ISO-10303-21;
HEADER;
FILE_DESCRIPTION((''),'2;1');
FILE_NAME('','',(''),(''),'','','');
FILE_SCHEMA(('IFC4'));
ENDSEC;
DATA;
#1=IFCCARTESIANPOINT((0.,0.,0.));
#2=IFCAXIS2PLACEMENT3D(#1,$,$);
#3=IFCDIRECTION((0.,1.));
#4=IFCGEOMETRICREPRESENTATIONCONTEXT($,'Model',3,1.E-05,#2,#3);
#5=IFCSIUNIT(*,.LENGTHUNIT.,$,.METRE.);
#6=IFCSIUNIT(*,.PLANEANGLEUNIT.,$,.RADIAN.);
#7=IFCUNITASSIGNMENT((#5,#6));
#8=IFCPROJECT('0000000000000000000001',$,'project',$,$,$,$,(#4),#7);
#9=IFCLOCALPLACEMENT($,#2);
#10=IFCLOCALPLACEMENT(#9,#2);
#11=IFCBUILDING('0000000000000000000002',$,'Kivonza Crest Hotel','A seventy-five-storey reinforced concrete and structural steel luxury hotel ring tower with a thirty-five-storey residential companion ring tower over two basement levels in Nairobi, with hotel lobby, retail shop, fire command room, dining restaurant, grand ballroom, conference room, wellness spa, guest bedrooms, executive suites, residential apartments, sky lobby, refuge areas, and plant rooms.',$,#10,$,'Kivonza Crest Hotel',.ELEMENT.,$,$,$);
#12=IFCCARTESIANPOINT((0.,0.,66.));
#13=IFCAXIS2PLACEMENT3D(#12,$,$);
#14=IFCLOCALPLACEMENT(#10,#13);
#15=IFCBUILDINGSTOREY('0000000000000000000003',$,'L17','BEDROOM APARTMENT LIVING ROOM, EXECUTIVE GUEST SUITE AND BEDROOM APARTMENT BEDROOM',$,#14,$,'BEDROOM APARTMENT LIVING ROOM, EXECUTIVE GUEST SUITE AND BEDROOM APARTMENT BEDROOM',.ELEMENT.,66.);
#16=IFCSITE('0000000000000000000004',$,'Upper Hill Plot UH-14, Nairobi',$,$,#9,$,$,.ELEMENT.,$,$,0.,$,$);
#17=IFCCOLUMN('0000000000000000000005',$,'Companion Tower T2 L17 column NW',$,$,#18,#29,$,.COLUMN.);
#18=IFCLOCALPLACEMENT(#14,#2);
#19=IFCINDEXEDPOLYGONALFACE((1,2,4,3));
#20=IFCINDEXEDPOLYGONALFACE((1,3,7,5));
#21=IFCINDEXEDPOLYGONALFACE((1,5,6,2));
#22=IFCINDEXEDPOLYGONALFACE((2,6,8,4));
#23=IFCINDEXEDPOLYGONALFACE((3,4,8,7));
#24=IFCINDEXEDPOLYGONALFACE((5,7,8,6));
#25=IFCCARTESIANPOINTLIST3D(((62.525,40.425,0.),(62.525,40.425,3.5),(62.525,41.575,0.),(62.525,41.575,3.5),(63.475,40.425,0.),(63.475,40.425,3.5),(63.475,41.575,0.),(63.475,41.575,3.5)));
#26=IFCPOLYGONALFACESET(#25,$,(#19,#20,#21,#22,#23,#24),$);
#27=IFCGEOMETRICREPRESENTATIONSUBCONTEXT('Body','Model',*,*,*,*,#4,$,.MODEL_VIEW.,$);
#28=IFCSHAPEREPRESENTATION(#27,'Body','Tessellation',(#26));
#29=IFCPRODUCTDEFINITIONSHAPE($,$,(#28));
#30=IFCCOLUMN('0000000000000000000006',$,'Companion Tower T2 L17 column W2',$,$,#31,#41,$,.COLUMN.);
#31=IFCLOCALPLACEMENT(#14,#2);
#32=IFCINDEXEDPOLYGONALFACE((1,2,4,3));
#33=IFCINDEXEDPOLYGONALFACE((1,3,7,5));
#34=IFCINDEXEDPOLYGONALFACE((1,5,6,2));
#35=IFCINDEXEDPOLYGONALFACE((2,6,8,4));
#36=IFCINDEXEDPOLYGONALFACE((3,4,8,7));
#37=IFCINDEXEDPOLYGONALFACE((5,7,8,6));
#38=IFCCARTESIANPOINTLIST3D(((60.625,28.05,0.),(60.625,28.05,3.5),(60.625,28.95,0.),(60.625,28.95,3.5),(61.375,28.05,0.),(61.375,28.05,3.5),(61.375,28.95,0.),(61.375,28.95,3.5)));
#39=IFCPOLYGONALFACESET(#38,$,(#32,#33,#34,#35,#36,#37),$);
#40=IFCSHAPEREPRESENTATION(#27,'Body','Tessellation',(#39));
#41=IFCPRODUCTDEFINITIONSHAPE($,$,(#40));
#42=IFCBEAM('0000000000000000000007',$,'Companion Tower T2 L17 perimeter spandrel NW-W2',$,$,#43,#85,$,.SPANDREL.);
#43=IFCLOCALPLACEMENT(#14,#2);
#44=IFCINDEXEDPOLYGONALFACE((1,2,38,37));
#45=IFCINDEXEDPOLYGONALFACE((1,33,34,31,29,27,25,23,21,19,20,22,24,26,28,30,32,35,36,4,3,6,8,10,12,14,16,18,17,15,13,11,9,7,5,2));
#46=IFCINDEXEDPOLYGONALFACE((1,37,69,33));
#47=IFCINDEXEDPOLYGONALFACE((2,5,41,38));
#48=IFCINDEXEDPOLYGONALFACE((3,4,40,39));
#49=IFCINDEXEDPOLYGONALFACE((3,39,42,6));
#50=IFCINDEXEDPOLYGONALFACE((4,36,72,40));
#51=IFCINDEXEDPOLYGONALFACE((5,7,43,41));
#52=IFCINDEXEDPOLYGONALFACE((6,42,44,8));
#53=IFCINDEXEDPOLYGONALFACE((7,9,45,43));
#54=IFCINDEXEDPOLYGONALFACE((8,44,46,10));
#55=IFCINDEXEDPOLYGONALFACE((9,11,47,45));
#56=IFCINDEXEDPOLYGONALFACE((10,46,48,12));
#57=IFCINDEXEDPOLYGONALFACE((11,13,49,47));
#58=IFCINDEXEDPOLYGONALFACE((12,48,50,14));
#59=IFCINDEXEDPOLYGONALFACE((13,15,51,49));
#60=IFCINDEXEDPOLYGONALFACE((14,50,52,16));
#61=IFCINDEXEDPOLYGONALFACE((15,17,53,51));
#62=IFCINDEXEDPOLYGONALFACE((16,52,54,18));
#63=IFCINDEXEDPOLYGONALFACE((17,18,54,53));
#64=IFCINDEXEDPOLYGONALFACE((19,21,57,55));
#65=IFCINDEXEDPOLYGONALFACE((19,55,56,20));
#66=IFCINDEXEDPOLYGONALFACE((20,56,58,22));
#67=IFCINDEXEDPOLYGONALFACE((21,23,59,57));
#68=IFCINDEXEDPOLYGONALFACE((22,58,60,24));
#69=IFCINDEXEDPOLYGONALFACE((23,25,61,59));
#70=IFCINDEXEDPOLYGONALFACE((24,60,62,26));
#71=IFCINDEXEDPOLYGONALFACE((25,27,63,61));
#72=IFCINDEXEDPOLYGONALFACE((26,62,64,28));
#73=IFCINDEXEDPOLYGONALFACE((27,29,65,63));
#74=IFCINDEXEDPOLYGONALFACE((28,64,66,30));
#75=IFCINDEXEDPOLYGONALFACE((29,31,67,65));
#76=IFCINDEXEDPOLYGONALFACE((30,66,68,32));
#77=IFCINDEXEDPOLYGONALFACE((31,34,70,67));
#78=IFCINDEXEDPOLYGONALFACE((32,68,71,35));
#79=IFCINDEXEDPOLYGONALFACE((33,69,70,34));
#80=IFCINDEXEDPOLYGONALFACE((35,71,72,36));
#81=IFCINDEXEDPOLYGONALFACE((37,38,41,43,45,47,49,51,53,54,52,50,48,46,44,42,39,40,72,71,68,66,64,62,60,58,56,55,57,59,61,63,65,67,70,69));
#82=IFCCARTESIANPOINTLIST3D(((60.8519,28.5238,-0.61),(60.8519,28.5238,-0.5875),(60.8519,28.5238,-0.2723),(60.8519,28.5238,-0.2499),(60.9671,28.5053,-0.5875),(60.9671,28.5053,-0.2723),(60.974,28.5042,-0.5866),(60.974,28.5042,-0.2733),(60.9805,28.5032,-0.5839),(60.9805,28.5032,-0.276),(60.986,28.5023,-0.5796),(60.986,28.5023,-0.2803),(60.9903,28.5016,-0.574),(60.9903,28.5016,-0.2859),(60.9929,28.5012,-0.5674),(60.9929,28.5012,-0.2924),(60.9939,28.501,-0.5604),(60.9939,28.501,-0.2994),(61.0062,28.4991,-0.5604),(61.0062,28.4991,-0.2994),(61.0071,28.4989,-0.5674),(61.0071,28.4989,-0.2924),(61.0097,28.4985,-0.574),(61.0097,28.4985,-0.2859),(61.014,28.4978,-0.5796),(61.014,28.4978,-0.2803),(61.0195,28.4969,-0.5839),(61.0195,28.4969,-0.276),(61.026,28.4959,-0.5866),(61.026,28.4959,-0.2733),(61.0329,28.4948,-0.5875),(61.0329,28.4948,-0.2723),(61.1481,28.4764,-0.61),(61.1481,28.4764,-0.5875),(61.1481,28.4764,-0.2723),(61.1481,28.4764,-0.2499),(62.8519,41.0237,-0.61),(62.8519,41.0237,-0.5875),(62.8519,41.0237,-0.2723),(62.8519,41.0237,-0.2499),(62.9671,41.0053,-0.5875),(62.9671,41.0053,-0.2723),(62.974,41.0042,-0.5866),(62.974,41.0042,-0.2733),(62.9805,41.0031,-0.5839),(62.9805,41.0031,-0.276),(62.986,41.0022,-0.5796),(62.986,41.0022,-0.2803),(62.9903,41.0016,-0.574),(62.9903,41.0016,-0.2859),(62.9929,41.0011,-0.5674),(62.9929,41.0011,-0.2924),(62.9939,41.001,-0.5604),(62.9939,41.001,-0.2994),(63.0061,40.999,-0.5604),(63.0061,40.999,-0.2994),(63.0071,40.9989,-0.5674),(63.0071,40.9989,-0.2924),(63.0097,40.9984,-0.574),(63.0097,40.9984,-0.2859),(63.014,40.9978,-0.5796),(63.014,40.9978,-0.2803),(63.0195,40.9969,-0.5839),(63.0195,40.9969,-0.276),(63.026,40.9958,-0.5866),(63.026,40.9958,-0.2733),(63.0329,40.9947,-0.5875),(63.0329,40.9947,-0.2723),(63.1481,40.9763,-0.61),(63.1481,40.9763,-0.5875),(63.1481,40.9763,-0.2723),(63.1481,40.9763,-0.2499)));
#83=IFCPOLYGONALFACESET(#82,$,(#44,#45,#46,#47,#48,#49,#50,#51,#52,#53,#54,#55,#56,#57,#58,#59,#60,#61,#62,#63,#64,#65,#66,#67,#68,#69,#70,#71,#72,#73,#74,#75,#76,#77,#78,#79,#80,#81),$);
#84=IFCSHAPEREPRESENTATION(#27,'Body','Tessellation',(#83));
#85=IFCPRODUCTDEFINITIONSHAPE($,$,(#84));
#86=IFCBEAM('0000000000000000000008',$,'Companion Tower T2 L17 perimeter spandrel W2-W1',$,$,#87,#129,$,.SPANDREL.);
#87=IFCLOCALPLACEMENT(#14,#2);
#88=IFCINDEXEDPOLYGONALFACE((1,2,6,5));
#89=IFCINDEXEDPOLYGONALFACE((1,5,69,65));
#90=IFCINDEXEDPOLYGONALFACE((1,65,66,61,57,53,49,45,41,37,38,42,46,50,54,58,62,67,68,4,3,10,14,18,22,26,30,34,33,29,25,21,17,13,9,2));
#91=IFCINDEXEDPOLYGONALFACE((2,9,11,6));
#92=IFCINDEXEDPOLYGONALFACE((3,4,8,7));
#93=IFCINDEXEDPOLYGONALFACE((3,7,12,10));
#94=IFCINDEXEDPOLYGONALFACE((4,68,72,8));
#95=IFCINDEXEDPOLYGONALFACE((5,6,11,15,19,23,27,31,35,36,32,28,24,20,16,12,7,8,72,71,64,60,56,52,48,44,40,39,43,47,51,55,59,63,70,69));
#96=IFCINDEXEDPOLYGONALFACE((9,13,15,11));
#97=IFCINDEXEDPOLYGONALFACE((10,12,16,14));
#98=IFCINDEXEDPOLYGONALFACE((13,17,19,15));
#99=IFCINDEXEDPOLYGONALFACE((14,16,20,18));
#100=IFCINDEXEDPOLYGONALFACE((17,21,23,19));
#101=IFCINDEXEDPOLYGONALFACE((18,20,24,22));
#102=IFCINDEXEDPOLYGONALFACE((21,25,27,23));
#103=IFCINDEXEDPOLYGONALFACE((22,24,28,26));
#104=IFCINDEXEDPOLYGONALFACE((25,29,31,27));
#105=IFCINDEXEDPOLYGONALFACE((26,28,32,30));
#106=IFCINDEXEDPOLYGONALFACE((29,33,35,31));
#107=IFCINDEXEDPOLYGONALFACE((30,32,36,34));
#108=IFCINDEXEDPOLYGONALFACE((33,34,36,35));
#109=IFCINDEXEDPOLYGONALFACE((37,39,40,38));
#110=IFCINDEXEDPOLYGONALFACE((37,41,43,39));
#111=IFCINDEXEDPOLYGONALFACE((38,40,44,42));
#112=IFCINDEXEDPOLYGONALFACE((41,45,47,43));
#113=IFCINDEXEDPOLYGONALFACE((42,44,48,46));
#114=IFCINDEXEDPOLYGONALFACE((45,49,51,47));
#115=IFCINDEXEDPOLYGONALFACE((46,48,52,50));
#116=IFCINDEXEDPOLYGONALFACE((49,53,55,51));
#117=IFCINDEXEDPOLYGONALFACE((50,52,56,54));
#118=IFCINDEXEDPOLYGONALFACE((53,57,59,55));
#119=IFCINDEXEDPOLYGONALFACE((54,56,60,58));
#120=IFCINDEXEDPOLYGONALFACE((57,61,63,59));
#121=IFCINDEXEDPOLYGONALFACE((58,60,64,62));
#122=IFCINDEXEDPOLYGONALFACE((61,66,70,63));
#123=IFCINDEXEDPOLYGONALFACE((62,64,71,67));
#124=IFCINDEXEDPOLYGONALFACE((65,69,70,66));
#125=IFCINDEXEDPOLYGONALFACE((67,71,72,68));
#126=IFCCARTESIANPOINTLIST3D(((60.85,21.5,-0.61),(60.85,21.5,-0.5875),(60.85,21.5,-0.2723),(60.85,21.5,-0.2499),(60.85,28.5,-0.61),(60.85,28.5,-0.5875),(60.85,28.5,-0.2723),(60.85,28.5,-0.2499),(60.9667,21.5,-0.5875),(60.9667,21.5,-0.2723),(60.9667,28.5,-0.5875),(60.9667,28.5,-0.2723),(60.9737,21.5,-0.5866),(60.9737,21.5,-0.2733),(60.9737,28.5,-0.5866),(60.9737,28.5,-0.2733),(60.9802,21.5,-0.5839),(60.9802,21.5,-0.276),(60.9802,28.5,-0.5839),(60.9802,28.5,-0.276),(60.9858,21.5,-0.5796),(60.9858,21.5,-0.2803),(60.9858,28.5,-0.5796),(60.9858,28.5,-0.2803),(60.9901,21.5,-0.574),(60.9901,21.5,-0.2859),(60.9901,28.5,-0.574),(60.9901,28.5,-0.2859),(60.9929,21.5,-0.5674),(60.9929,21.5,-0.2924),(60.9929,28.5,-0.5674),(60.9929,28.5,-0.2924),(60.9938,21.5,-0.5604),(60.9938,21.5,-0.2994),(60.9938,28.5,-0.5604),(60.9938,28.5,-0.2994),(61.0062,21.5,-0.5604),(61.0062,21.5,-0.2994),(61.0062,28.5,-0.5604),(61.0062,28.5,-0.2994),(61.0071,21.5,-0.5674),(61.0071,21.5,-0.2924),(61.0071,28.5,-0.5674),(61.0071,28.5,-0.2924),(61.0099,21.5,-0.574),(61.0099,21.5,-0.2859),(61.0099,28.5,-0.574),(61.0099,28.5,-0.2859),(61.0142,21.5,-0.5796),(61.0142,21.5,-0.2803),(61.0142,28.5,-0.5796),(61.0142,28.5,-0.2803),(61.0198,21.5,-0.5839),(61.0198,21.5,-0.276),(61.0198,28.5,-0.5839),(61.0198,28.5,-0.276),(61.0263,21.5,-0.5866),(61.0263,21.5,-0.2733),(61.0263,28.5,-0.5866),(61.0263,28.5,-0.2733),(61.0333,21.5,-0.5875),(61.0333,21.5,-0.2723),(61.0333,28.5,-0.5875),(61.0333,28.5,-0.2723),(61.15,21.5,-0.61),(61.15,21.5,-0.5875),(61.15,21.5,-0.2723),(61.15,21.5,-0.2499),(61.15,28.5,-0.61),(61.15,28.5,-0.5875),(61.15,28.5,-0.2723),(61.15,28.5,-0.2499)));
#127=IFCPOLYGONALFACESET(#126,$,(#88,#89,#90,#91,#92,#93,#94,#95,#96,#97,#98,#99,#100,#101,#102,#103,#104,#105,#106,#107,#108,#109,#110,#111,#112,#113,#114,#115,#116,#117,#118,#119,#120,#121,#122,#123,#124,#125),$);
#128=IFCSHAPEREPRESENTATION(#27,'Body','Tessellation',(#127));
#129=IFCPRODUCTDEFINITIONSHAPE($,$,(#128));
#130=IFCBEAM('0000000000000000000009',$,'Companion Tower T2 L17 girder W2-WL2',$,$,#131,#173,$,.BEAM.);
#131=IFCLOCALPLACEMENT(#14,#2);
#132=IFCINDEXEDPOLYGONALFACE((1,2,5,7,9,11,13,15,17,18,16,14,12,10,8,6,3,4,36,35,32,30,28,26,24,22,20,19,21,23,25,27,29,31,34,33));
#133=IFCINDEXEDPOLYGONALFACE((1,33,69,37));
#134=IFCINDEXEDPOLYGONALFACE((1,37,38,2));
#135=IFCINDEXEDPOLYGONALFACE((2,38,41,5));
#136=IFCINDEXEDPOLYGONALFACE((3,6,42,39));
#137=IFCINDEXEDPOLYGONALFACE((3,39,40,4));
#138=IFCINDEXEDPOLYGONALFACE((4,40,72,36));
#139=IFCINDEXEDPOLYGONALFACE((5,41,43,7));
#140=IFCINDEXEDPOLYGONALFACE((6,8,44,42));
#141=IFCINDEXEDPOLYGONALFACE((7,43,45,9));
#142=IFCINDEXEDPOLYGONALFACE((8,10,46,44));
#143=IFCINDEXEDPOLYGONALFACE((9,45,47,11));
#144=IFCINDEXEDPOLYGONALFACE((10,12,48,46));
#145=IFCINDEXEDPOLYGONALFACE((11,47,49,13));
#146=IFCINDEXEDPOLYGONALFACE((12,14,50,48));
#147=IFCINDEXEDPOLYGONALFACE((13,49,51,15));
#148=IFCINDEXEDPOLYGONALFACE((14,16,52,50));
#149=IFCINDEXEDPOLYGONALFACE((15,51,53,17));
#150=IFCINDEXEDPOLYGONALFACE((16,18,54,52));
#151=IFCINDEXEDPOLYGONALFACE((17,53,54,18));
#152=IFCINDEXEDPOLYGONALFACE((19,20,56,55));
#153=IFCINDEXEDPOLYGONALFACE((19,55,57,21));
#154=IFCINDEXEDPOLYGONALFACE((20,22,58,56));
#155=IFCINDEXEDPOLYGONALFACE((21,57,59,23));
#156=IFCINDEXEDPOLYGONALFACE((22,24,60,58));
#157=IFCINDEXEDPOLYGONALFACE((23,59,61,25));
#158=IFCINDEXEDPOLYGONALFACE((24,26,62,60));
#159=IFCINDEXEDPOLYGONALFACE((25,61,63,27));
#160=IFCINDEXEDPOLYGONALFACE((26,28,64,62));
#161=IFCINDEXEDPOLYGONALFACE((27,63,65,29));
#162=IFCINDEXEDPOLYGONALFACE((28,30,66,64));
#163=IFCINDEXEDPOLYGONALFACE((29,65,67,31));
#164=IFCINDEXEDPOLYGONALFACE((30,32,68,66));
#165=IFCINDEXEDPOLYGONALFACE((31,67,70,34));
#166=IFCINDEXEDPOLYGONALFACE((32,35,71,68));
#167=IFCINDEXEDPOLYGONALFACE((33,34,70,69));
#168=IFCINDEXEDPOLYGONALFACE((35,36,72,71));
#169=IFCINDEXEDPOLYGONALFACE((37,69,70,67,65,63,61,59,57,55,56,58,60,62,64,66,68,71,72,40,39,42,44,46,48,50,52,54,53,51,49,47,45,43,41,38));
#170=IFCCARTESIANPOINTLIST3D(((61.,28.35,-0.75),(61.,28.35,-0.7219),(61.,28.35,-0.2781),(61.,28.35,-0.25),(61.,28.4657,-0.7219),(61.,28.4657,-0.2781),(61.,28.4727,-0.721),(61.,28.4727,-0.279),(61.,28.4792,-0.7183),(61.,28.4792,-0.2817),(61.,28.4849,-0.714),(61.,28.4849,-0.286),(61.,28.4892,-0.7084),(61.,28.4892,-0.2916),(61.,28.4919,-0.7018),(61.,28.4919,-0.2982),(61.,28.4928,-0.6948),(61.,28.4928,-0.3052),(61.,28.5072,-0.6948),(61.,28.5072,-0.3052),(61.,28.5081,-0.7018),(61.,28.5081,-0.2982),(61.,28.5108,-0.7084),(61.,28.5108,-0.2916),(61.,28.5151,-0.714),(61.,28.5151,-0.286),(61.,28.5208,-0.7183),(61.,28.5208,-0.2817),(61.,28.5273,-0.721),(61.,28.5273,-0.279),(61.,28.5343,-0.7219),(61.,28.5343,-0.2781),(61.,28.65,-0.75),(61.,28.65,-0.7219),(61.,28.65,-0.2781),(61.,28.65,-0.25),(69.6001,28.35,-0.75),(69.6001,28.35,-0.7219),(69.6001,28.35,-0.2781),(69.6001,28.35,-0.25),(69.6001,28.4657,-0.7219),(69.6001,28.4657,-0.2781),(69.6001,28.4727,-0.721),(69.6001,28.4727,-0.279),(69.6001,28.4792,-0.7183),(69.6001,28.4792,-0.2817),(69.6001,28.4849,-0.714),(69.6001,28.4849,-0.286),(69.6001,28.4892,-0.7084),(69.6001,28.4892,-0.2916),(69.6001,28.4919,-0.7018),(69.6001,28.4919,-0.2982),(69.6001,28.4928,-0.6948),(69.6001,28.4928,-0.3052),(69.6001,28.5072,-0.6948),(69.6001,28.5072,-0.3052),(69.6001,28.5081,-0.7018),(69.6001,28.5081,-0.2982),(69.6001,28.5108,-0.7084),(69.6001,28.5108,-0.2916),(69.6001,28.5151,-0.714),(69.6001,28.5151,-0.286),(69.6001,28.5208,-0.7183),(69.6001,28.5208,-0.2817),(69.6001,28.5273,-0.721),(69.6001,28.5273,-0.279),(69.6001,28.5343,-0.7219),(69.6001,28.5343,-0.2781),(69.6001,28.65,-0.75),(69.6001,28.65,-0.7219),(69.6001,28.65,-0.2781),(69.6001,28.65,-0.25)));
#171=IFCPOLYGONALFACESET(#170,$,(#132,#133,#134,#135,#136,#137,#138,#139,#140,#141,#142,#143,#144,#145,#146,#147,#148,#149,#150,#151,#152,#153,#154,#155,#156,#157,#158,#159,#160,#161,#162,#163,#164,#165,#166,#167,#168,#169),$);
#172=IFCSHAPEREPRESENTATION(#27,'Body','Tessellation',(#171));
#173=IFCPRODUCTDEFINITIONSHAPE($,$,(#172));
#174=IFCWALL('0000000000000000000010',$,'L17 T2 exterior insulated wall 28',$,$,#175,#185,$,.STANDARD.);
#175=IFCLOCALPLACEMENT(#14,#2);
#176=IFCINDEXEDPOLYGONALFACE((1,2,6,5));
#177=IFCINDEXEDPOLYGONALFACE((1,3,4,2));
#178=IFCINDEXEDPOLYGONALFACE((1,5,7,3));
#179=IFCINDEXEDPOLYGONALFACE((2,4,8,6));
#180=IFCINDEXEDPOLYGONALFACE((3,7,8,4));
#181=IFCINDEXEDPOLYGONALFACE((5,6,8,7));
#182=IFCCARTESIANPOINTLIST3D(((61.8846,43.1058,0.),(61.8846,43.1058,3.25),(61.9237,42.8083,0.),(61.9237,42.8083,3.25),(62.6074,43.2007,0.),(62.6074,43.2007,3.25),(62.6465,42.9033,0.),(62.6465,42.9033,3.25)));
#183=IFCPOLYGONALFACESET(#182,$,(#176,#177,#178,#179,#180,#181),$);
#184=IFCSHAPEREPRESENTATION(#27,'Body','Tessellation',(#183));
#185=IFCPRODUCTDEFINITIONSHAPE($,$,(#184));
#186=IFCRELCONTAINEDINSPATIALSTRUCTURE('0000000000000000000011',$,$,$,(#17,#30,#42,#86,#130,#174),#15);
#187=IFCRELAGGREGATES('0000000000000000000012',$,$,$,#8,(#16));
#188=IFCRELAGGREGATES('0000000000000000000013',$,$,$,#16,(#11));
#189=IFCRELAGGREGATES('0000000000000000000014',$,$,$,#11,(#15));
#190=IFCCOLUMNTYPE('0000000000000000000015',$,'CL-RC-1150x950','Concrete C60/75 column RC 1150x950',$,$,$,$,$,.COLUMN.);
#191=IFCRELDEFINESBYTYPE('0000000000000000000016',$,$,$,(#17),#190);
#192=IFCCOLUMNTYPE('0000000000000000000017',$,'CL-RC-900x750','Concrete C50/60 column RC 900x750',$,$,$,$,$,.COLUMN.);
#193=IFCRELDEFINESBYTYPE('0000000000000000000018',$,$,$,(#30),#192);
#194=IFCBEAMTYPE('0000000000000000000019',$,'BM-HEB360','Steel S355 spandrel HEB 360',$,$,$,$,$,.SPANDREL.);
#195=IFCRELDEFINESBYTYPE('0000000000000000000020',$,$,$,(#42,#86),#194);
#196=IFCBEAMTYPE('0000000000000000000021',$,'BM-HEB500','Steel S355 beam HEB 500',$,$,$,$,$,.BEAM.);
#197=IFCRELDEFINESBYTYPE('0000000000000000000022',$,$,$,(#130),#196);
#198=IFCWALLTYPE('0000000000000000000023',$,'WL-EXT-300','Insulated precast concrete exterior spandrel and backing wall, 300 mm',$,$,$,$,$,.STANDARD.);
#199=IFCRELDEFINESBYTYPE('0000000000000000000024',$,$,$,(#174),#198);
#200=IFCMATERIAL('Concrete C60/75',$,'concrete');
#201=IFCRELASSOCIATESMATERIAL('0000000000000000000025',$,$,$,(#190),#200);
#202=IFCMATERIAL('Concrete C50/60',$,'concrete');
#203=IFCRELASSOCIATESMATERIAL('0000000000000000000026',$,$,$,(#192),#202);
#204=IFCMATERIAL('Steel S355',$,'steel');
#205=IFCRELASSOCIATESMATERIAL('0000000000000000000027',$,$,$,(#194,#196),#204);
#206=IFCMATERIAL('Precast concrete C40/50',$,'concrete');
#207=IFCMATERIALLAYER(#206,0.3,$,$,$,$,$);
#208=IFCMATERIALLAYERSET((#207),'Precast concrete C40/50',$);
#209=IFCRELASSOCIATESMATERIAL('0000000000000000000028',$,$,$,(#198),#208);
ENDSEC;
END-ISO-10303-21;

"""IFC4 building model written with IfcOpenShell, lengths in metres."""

from ifc_helpers import new_model, si_unit, direction, frame, frame_2d, origin, origin_2d, place, context, subcontext, project, spatial, rectangle, i_section, extrude, material, layer, layer_set, material_profile, profile_set, type_object, element, save


model = new_model("IFC4")

# Units and contexts
model_context = context("Model", 3, precision=1e-05, world=origin(), true_north=direction((0.0, 1.0)))
body_context = subcontext(model_context, "Body", "Model", "MODEL_VIEW")
ifc_project = project(units=[si_unit("LENGTHUNIT", "METRE"), si_unit("PLANEANGLEUNIT", "RADIAN")], contexts=[model_context])

# Site, building, storey
site_placement = place(None, origin())
site = spatial("IfcSite", under=ifc_project, at=site_placement, Name="Upper Hill Plot UH-14, Nairobi", CompositionType="ELEMENT", RefElevation=0.0)
building_placement = place(site_placement, origin())
building = spatial("IfcBuilding", under=site, at=building_placement, Name="Kivonza Crest Hotel", Description="A seventy-five-storey reinforced concrete and structural steel luxury hotel ring tower with a thirty-five-storey residential companion ring tower over two basement levels in Nairobi, with hotel lobby, retail shop, fire command room, dining restaurant, grand ballroom, conference room, wellness spa, guest bedrooms, executive suites, residential apartments, sky lobby, refuge areas, and plant rooms.", LongName="Kivonza Crest Hotel", CompositionType="ELEMENT")
storey_placement = place(building_placement, frame((0.0, 0.0, 66.0)))
storey = spatial("IfcBuildingStorey", under=building, at=storey_placement, Name="L17", Description="BEDROOM APARTMENT LIVING ROOM, EXECUTIVE GUEST SUITE AND BEDROOM APARTMENT BEDROOM", LongName="BEDROOM APARTMENT LIVING ROOM, EXECUTIVE GUEST SUITE AND BEDROOM APARTMENT BEDROOM", CompositionType="ELEMENT", Elevation=66.0)

# Columns
ifc_material_1 = material(Name="Concrete C60/75", Category="concrete")
ifc_material_profile_1 = material_profile(ifc_material_1, rectangle(XDim=0.95, YDim=1.1499, at=origin_2d()), Name="RC 1150x950")
ifc_profile_set_1 = profile_set([ifc_material_profile_1], Name="Concrete C60/75")
column_type_1 = type_object("IfcColumnType", Name="CL-RC-1150x950", Description="Concrete C60/75 column RC 1150x950", PredefinedType="COLUMN", material=ifc_profile_set_1)
column_1_placement = place(storey_placement, frame((63.0, 41.0, 0.0), z_axis=(0.0, 0.0, 1.0), x_axis=(1.0, 0.0, 0.0)))
element("IfcColumn", 1, at=column_1_placement, inside=storey, type_object=column_type_1, Name="Companion Tower T2 L17 column NW", PredefinedType="COLUMN", context=body_context, shape_type="SweptSolid", body=[
    extrude(rectangle(XDim=0.95, YDim=1.1499, at=origin_2d()), origin(), (0.0, 0.0, 1.0), 3.5),
])
ifc_material_2 = material(Name="Concrete C50/60", Category="concrete")
ifc_material_profile_2 = material_profile(ifc_material_2, rectangle(XDim=0.75, YDim=0.8999, at=origin_2d()), Name="RC 900x750")
ifc_profile_set_2 = profile_set([ifc_material_profile_2], Name="Concrete C50/60")
column_type_2 = type_object("IfcColumnType", Name="CL-RC-900x750", Description="Concrete C50/60 column RC 900x750", PredefinedType="COLUMN", material=ifc_profile_set_2)
column_2_placement = place(storey_placement, frame((61.0, 28.5, 0.0), z_axis=(0.0, 0.0, 1.0), x_axis=(1.0, 0.0, 0.0)))
element("IfcColumn", 2, at=column_2_placement, inside=storey, type_object=column_type_2, Name="Companion Tower T2 L17 column W2", PredefinedType="COLUMN", context=body_context, shape_type="SweptSolid", body=[
    extrude(rectangle(XDim=0.75, YDim=0.8999, at=origin_2d()), origin(), (0.0, 0.0, 1.0), 3.5),
])

# Beams
ifc_material_3 = material(Name="Steel S355", Category="steel")
ifc_material_profile_3 = material_profile(ifc_material_3, i_section(OverallWidth=0.3, OverallDepth=0.3601, WebThickness=0.0125, FlangeThickness=0.0225, FilletRadius=0.0271, at=origin_2d()), Name="HEB 360")
ifc_profile_set_3 = profile_set([ifc_material_profile_3], Name="Steel S355")
beam_type_1 = type_object("IfcBeamType", Name="BM-HEB360", Description="Steel S355 spandrel HEB 360", PredefinedType="SPANDREL", material=ifc_profile_set_3)
beam_1_placement = place(storey_placement, frame((63.0, 41.0, -0.4299), z_axis=(-0.157991, -0.987441, 0.0), x_axis=(0.987441, -0.157991, 0.0)))
element("IfcBeam", 3, at=beam_1_placement, inside=storey, type_object=beam_type_1, Name="Companion Tower T2 L17 perimeter spandrel NW-W2", PredefinedType="SPANDREL", context=body_context, shape_type="SweptSolid", body=[
    extrude(i_section(OverallWidth=0.3, OverallDepth=0.3601, WebThickness=0.0125, FlangeThickness=0.0225, FilletRadius=0.0271, at=origin_2d()), origin(), (0.0, 0.0, 1.0), 12.6589),
])
beam_2_placement = place(storey_placement, frame((61.0, 28.5, -0.4299), z_axis=(0.0, -1.0, 0.0), x_axis=(1.0, 0.0, 0.0)))
element("IfcBeam", 4, at=beam_2_placement, inside=storey, type_object=beam_type_1, Name="Companion Tower T2 L17 perimeter spandrel W2-W1", PredefinedType="SPANDREL", context=body_context, shape_type="SweptSolid", body=[
    extrude(i_section(OverallWidth=0.3, OverallDepth=0.3601, WebThickness=0.0125, FlangeThickness=0.0225, FilletRadius=0.0271, at=origin_2d()), origin(), (0.0, 0.0, 1.0), 7.0),
])
ifc_material_profile_4 = material_profile(ifc_material_3, i_section(OverallWidth=0.3, OverallDepth=0.5, WebThickness=0.0144, FlangeThickness=0.0281, FilletRadius=0.0271, at=origin_2d()), Name="HEB 500")
ifc_profile_set_4 = profile_set([ifc_material_profile_4], Name="Steel S355")
beam_type_2 = type_object("IfcBeamType", Name="BM-HEB500", Description="Steel S355 beam HEB 500", PredefinedType="BEAM", material=ifc_profile_set_4)
beam_3_placement = place(storey_placement, frame((61.0, 28.5, -0.5), z_axis=(1.0, 0.0, 0.0), x_axis=(0.0, 1.0, 0.0)))
element("IfcBeam", 5, at=beam_3_placement, inside=storey, type_object=beam_type_2, Name="Companion Tower T2 L17 girder W2-WL2", PredefinedType="BEAM", context=body_context, shape_type="SweptSolid", body=[
    extrude(i_section(OverallWidth=0.3, OverallDepth=0.5, WebThickness=0.0144, FlangeThickness=0.0281, FilletRadius=0.0271, at=origin_2d()), origin(), (0.0, 0.0, 1.0), 8.6001),
])

# Wall
ifc_material_4 = material(Name="Precast concrete C40/50", Category="concrete")
ifc_layer_1 = layer(ifc_material_4, 0.3)
ifc_layer_set_1 = layer_set([ifc_layer_1], Name="Precast concrete C40/50")
wall_type_1 = type_object("IfcWallType", Name="WL-EXT-300", Description="Insulated precast concrete exterior spandrel and backing wall, 300 mm", PredefinedType="STANDARD", material=ifc_layer_set_1)
wall_1_placement = place(storey_placement, frame((62.627, 43.052, 0.0), z_axis=(0.0, 0.0, 1.0), x_axis=(-0.99148, -0.130255, 0.0)))
element("IfcWall", 6, at=wall_1_placement, inside=storey, type_object=wall_type_1, Name="L17 T2 exterior insulated wall 28", PredefinedType="STANDARD", context=body_context, shape_type="SweptSolid", body=[
    extrude(rectangle(XDim=0.729, YDim=0.3, at=frame_2d((0.3645, 0.0))), origin(), (0.0, 0.0, 1.0), 3.25),
])

save(model, "model.ifc")
